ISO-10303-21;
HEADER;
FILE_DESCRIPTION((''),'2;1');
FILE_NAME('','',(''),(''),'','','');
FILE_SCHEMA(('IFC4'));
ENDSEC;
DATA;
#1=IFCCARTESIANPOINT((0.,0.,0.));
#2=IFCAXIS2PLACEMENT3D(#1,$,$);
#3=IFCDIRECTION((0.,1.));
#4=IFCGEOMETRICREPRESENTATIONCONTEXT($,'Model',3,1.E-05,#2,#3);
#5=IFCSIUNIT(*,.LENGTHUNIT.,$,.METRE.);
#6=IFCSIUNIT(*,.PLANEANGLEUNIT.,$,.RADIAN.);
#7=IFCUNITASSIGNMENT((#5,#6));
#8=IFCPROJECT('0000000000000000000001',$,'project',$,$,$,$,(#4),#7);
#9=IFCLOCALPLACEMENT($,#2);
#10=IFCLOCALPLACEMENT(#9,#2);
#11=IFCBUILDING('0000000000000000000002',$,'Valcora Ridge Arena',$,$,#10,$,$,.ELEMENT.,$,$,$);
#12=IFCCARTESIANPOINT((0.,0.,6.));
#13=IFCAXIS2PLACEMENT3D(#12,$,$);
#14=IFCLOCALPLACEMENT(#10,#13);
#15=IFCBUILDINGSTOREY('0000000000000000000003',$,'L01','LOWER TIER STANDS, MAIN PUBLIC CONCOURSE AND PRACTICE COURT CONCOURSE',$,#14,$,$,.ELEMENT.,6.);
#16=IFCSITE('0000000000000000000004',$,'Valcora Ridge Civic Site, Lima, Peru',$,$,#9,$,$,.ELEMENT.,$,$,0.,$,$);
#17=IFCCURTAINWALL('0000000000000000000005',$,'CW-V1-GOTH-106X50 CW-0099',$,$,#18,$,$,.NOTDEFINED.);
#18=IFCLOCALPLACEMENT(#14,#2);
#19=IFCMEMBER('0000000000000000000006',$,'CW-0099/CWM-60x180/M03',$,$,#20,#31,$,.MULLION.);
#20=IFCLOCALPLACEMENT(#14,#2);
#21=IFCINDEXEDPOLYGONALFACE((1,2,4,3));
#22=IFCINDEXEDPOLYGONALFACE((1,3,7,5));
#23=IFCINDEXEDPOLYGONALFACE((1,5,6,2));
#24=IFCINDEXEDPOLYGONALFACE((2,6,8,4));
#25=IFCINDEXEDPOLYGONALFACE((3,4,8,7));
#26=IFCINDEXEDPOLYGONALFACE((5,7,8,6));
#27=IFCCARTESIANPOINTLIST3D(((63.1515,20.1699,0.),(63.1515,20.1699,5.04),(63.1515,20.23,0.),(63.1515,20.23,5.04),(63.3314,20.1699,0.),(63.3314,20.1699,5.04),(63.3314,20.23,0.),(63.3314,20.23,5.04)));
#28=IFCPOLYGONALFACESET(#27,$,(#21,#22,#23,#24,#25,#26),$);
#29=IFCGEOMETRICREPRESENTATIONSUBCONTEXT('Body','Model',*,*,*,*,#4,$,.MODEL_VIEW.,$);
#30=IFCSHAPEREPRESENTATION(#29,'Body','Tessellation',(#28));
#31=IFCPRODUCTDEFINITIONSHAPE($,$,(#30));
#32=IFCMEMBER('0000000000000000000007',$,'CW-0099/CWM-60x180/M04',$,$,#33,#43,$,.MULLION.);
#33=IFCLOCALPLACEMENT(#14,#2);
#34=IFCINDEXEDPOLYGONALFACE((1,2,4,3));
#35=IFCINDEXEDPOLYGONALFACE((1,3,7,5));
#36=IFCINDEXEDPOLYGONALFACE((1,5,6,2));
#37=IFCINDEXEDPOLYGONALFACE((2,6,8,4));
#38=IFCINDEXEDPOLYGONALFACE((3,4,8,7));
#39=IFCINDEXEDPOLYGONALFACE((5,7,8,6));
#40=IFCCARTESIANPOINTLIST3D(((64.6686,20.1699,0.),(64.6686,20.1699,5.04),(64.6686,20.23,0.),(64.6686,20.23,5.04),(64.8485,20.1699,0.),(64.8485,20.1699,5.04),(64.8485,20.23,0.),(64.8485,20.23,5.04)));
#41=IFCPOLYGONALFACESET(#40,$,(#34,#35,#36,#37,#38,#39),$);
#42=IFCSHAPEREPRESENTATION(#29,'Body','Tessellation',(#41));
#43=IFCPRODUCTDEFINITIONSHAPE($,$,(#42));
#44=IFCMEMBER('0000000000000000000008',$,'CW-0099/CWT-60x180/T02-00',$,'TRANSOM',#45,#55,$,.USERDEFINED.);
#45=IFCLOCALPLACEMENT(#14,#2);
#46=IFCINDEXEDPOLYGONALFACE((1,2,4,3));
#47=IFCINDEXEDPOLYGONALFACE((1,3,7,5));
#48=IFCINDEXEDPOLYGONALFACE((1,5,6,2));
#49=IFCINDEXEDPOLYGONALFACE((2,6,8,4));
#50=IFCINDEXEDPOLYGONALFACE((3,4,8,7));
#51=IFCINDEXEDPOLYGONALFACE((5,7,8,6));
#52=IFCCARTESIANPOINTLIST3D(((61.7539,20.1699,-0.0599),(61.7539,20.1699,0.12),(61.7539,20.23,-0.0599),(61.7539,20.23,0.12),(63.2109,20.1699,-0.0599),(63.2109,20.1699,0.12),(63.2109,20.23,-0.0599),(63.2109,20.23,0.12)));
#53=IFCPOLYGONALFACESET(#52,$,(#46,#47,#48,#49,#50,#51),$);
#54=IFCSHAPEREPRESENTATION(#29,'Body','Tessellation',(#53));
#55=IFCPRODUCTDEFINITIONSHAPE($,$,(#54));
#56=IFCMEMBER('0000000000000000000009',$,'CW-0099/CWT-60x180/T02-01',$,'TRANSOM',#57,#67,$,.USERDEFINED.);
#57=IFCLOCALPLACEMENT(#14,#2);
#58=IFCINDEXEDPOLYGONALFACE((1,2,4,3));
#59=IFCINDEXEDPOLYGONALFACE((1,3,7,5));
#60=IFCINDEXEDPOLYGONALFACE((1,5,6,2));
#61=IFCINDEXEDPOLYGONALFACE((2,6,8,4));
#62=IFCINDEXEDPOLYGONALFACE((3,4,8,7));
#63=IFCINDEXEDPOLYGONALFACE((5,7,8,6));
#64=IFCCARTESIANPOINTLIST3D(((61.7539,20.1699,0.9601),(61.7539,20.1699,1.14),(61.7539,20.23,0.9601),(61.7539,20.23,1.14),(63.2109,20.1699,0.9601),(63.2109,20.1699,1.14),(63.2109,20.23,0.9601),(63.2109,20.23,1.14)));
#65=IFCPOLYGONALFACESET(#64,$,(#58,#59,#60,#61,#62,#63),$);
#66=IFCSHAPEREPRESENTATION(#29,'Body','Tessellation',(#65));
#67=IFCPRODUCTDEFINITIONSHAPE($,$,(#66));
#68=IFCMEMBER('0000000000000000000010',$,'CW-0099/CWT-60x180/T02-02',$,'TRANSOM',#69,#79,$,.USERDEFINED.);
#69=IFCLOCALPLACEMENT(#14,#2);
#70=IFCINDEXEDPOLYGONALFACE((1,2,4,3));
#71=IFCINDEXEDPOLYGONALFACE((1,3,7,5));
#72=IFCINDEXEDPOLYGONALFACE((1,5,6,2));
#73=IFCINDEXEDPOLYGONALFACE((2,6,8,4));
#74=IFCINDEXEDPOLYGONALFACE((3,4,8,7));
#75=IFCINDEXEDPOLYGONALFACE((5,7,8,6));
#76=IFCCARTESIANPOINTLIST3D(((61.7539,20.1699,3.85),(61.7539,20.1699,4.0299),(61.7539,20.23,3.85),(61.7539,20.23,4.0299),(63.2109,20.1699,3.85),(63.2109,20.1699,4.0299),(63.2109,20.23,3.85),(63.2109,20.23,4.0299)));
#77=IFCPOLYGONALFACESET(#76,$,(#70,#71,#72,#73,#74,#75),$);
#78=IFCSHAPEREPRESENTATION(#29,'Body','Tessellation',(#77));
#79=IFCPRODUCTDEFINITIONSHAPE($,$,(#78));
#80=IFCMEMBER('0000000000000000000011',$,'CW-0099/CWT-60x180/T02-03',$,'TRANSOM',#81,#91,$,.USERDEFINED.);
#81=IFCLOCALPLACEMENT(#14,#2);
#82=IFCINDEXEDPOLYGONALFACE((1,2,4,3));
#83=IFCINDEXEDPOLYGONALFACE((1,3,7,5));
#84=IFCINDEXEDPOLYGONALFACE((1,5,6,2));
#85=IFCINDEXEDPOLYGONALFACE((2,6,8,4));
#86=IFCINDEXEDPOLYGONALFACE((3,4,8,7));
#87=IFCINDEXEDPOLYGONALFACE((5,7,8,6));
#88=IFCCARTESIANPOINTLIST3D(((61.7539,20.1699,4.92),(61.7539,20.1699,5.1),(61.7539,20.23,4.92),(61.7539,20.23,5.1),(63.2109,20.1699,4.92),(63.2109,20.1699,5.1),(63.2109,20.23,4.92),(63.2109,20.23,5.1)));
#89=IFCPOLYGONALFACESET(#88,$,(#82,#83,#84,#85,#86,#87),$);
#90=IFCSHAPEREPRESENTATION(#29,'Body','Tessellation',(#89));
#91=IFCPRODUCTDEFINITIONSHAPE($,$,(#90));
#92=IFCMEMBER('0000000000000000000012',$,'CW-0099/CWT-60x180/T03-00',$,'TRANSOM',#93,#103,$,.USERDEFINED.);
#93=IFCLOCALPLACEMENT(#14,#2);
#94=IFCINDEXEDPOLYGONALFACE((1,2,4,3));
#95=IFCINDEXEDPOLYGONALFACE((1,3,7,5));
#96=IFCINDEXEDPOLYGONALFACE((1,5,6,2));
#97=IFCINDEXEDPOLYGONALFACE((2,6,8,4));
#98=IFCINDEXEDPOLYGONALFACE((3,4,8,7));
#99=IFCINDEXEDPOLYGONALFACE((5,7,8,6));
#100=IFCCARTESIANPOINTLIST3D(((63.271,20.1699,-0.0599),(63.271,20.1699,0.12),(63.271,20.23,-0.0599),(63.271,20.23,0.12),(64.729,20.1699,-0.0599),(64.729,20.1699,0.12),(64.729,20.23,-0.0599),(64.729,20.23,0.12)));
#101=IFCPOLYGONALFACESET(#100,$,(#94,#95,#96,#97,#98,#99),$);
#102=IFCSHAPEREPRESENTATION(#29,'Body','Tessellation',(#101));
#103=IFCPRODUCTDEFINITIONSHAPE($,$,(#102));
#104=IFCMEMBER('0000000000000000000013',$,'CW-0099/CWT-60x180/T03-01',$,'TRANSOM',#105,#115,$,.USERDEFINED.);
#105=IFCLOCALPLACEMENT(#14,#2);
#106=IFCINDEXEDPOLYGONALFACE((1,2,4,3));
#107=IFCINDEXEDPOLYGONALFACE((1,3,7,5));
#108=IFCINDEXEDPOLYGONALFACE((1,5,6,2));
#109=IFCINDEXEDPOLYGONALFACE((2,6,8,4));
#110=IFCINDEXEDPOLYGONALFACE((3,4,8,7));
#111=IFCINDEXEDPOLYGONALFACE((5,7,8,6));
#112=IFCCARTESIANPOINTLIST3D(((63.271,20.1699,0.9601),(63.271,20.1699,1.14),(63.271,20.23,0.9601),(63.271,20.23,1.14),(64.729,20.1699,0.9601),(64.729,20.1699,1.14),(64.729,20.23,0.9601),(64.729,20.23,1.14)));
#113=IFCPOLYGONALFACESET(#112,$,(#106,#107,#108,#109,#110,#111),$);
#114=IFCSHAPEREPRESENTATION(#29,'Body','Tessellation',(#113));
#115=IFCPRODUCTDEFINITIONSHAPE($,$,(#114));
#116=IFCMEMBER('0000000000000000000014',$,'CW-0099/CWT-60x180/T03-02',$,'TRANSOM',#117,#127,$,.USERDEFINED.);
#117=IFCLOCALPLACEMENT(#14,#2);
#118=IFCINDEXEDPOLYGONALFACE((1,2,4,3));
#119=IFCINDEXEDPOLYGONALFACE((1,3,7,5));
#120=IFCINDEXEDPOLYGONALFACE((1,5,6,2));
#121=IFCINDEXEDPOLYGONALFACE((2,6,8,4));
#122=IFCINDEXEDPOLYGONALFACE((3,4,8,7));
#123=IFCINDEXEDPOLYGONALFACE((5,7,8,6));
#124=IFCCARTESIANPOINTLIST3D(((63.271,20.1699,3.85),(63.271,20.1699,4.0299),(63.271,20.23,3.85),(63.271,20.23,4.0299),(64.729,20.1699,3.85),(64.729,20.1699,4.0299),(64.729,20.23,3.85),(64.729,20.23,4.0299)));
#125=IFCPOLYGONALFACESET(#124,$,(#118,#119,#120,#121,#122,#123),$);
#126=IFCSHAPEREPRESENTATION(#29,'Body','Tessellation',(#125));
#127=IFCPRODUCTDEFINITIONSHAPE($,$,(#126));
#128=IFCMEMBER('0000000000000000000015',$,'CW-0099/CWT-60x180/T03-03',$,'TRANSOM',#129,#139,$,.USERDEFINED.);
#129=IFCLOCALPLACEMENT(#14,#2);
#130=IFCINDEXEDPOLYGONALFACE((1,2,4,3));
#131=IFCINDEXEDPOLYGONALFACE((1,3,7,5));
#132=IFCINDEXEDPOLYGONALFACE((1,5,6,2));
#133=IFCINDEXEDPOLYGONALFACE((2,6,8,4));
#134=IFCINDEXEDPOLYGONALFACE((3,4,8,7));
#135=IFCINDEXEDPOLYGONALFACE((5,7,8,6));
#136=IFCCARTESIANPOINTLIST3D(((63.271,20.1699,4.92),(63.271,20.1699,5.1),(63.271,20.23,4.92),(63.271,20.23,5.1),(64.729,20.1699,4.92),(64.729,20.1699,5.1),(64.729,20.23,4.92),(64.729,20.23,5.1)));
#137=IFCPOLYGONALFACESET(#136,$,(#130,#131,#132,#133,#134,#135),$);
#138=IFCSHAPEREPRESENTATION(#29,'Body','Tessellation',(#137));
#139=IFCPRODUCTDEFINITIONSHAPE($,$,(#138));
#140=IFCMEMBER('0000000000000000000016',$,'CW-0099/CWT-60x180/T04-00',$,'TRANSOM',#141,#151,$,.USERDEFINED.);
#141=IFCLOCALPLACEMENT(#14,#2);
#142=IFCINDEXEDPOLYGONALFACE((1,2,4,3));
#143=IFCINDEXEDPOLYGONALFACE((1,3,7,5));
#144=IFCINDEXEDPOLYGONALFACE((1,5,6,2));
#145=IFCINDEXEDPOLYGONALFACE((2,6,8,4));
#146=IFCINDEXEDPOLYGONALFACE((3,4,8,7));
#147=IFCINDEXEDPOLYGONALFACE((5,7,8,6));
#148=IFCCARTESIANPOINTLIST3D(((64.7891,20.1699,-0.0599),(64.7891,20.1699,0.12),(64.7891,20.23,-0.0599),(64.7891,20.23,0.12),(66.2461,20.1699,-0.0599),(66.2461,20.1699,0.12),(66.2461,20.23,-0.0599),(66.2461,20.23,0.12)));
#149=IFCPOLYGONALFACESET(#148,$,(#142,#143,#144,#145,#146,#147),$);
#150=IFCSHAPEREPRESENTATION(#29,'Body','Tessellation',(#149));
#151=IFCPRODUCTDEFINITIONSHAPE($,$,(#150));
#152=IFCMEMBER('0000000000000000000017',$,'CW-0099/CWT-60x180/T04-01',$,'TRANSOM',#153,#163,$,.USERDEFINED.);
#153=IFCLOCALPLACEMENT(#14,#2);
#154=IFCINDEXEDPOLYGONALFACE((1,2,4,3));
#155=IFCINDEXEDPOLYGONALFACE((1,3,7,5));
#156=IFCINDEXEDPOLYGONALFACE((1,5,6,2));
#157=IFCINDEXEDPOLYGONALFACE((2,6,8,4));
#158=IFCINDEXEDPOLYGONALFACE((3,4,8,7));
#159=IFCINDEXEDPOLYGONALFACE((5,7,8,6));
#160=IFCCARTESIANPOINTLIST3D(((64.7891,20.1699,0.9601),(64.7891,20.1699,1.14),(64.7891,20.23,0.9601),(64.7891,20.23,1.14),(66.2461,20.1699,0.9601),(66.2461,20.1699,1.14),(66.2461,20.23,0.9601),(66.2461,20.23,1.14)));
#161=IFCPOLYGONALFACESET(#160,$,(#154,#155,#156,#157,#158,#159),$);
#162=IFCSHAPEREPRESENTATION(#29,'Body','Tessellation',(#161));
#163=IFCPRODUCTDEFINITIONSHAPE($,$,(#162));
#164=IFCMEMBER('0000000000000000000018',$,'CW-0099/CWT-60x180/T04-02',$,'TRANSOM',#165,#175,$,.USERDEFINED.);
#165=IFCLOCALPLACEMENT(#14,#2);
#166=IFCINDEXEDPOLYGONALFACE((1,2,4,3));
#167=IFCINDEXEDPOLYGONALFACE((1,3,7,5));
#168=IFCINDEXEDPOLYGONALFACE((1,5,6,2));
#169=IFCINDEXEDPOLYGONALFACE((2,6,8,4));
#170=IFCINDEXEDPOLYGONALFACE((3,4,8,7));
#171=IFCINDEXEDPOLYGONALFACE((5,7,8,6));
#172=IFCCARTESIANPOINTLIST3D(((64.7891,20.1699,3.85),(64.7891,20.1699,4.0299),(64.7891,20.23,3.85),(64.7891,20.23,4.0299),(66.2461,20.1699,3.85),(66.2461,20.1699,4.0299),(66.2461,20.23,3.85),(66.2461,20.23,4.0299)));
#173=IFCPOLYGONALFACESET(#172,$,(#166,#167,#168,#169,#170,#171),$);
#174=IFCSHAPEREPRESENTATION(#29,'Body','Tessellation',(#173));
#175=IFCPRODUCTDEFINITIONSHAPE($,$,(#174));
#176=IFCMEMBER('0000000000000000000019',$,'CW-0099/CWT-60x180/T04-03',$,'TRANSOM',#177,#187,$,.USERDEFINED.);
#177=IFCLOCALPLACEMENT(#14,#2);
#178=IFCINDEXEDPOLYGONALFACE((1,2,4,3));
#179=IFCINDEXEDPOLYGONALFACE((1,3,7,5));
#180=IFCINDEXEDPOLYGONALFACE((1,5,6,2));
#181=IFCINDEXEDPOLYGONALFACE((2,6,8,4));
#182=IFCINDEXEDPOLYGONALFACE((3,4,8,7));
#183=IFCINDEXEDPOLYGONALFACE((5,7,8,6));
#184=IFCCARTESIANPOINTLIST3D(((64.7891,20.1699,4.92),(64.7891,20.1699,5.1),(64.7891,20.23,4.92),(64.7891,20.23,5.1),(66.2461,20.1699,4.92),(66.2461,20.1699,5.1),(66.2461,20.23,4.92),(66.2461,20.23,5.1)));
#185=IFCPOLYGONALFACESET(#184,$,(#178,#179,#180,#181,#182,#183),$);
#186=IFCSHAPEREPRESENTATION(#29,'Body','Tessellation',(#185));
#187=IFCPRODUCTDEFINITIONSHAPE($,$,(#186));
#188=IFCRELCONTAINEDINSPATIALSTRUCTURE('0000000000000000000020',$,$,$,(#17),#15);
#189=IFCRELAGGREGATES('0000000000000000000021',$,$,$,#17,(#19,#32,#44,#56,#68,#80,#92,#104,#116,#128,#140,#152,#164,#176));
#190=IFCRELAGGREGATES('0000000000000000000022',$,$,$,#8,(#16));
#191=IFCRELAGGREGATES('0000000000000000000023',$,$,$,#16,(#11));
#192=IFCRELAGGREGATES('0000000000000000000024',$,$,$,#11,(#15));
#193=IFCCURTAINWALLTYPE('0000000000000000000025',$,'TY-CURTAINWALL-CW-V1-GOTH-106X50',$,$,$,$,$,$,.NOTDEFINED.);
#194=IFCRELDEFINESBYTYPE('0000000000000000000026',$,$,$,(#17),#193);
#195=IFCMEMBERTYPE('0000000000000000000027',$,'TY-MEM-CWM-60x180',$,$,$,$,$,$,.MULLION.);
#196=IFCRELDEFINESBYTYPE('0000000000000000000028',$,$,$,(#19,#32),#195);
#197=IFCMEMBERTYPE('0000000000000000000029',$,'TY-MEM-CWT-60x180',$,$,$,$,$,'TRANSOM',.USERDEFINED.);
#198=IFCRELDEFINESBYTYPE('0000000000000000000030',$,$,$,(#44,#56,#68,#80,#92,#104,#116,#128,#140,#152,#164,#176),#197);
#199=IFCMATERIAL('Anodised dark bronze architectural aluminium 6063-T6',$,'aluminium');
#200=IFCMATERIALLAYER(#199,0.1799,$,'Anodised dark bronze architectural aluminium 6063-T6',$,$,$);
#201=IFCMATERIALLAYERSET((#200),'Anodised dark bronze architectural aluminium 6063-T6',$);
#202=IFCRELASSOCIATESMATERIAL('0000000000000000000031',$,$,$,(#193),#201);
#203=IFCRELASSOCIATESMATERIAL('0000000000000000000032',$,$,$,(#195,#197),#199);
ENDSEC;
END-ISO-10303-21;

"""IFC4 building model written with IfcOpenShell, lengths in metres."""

from ifc_helpers import new_model, si_unit, direction, frame, origin, origin_2d, place, context, subcontext, project, spatial, rectangle, extrude, material, layer, layer_set, material_profile, profile_set, type_object, element, aggregate, save


model = new_model("IFC4")

# Units and contexts
model_context = context("Model", 3, precision=1e-05, world=origin(), true_north=direction((0.0, 1.0)))
body_context = subcontext(model_context, "Body", "Model", "MODEL_VIEW")
ifc_project = project(units=[si_unit("LENGTHUNIT", "METRE"), si_unit("PLANEANGLEUNIT", "RADIAN")], contexts=[model_context])

# Site, building, storey
site_placement = place(None, origin())
site = spatial("IfcSite", under=ifc_project, at=site_placement, Name="Valcora Ridge Civic Site, Lima, Peru", CompositionType="ELEMENT", RefElevation=0.0)
building_placement = place(site_placement, origin())
building = spatial("IfcBuilding", under=site, at=building_placement, Name="Valcora Ridge Arena", CompositionType="ELEMENT")
storey_placement = place(building_placement, frame((0.0, 0.0, 6.0)))
storey = spatial("IfcBuildingStorey", under=building, at=storey_placement, Name="L01", Description="LOWER TIER STANDS, MAIN PUBLIC CONCOURSE AND PRACTICE COURT CONCOURSE", CompositionType="ELEMENT", Elevation=6.0)

# Curtain wall, members
ifc_material_1 = material(Name="Anodised dark bronze architectural aluminium 6063-T6", Category="aluminium")
ifc_layer_1 = layer(ifc_material_1, 0.1799, Name="Anodised dark bronze architectural aluminium 6063-T6")
ifc_layer_set_1 = layer_set([ifc_layer_1], Name="Anodised dark bronze architectural aluminium 6063-T6")
curtain_wall_type = type_object("IfcCurtainWallType", Name="TY-CURTAINWALL-CW-V1-GOTH-106X50", PredefinedType="NOTDEFINED", material=ifc_layer_set_1)
curtain_wall_placement = place(storey_placement, origin())
curtain_wall = element("IfcCurtainWall", 1, at=curtain_wall_placement, inside=storey, type_object=curtain_wall_type, Name="CW-V1-GOTH-106X50 CW-0099", PredefinedType="NOTDEFINED")
ifc_material_profile_1 = material_profile(ifc_material_1, rectangle(XDim=0.0601, YDim=0.1799, at=origin_2d()), Name="ALU MULLION 60x180")
ifc_profile_set_1 = profile_set([ifc_material_profile_1], Name="Anodised dark bronze architectural aluminium 6063-T6")
member_type_1 = type_object("IfcMemberType", Name="TY-MEM-CWM-60x180", PredefinedType="MULLION", material=ifc_profile_set_1)
member_1_placement = place(storey_placement, frame((63.2415, 20.2, 0.0), z_axis=(0.0, 0.0, 1.0), x_axis=(0.0, 1.0, 0.0)))
member_1 = element("IfcMember", 2, at=member_1_placement, type_object=member_type_1, Name="CW-0099/CWM-60x180/M03", PredefinedType="MULLION", context=body_context, shape_type="SweptSolid", body=[
    extrude(rectangle(XDim=0.0601, YDim=0.1799, at=origin_2d()), origin(), (0.0, 0.0, 1.0), 5.04),
])
member_2_placement = place(storey_placement, frame((64.7585, 20.2, 0.0), z_axis=(0.0, 0.0, 1.0), x_axis=(0.0, 1.0, 0.0)))
member_2 = element("IfcMember", 3, at=member_2_placement, type_object=member_type_1, Name="CW-0099/CWM-60x180/M04", PredefinedType="MULLION", context=body_context, shape_type="SweptSolid", body=[
    extrude(rectangle(XDim=0.0601, YDim=0.1799, at=origin_2d()), origin(), (0.0, 0.0, 1.0), 5.04),
])
ifc_material_profile_2 = material_profile(ifc_material_1, rectangle(XDim=0.0601, YDim=0.1799, at=origin_2d()), Name="ALU TRANSOM 60x180")
ifc_profile_set_2 = profile_set([ifc_material_profile_2], Name="Anodised dark bronze architectural aluminium 6063-T6")
member_type_2 = type_object("IfcMemberType", Name="TY-MEM-CWT-60x180", ElementType="TRANSOM", PredefinedType="USERDEFINED", material=ifc_profile_set_2)
member_3_placement = place(storey_placement, frame((61.7539, 20.2, 0.03), z_axis=(1.0, 0.0, 0.0), x_axis=(0.0, 1.0, 0.0)))
member_3 = element("IfcMember", 4, at=member_3_placement, type_object=member_type_2, Name="CW-0099/CWT-60x180/T02-00", ObjectType="TRANSOM", PredefinedType="USERDEFINED", context=body_context, shape_type="SweptSolid", body=[
    extrude(rectangle(XDim=0.0601, YDim=0.1799, at=origin_2d()), origin(), (0.0, 0.0, 1.0), 1.457),
])
member_4_placement = place(storey_placement, frame((61.7539, 20.2, 1.05), z_axis=(1.0, 0.0, 0.0), x_axis=(0.0, 1.0, 0.0)))
member_4 = element("IfcMember", 5, at=member_4_placement, type_object=member_type_2, Name="CW-0099/CWT-60x180/T02-01", ObjectType="TRANSOM", PredefinedType="USERDEFINED", context=body_context, shape_type="SweptSolid", body=[
    extrude(rectangle(XDim=0.0601, YDim=0.1799, at=origin_2d()), origin(), (0.0, 0.0, 1.0), 1.457),
])
member_5_placement = place(storey_placement, frame((61.7539, 20.2, 3.9399), z_axis=(1.0, 0.0, 0.0), x_axis=(0.0, 1.0, 0.0)))
member_5 = element("IfcMember", 6, at=member_5_placement, type_object=member_type_2, Name="CW-0099/CWT-60x180/T02-02", ObjectType="TRANSOM", PredefinedType="USERDEFINED", context=body_context, shape_type="SweptSolid", body=[
    extrude(rectangle(XDim=0.0601, YDim=0.1799, at=origin_2d()), origin(), (0.0, 0.0, 1.0), 1.457),
])
member_6_placement = place(storey_placement, frame((61.7539, 20.2, 5.01), z_axis=(1.0, 0.0, 0.0), x_axis=(0.0, 1.0, 0.0)))
member_6 = element("IfcMember", 7, at=member_6_placement, type_object=member_type_2, Name="CW-0099/CWT-60x180/T02-03", ObjectType="TRANSOM", PredefinedType="USERDEFINED", context=body_context, shape_type="SweptSolid", body=[
    extrude(rectangle(XDim=0.0601, YDim=0.1799, at=origin_2d()), origin(), (0.0, 0.0, 1.0), 1.457),
])
member_7_placement = place(storey_placement, frame((63.271, 20.2, 0.03), z_axis=(1.0, 0.0, 0.0), x_axis=(0.0, 1.0, 0.0)))
member_7 = element("IfcMember", 8, at=member_7_placement, type_object=member_type_2, Name="CW-0099/CWT-60x180/T03-00", ObjectType="TRANSOM", PredefinedType="USERDEFINED", context=body_context, shape_type="SweptSolid", body=[
    extrude(rectangle(XDim=0.0601, YDim=0.1799, at=origin_2d()), origin(), (0.0, 0.0, 1.0), 1.458),
])
member_8_placement = place(storey_placement, frame((63.271, 20.2, 1.05), z_axis=(1.0, 0.0, 0.0), x_axis=(0.0, 1.0, 0.0)))
member_8 = element("IfcMember", 9, at=member_8_placement, type_object=member_type_2, Name="CW-0099/CWT-60x180/T03-01", ObjectType="TRANSOM", PredefinedType="USERDEFINED", context=body_context, shape_type="SweptSolid", body=[
    extrude(rectangle(XDim=0.0601, YDim=0.1799, at=origin_2d()), origin(), (0.0, 0.0, 1.0), 1.458),
])
member_9_placement = place(storey_placement, frame((63.271, 20.2, 3.9399), z_axis=(1.0, 0.0, 0.0), x_axis=(0.0, 1.0, 0.0)))
member_9 = element("IfcMember", 10, at=member_9_placement, type_object=member_type_2, Name="CW-0099/CWT-60x180/T03-02", ObjectType="TRANSOM", PredefinedType="USERDEFINED", context=body_context, shape_type="SweptSolid", body=[
    extrude(rectangle(XDim=0.0601, YDim=0.1799, at=origin_2d()), origin(), (0.0, 0.0, 1.0), 1.458),
])
member_10_placement = place(storey_placement, frame((63.271, 20.2, 5.01), z_axis=(1.0, 0.0, 0.0), x_axis=(0.0, 1.0, 0.0)))
member_10 = element("IfcMember", 11, at=member_10_placement, type_object=member_type_2, Name="CW-0099/CWT-60x180/T03-03", ObjectType="TRANSOM", PredefinedType="USERDEFINED", context=body_context, shape_type="SweptSolid", body=[
    extrude(rectangle(XDim=0.0601, YDim=0.1799, at=origin_2d()), origin(), (0.0, 0.0, 1.0), 1.458),
])
member_11_placement = place(storey_placement, frame((64.7891, 20.2, 0.03), z_axis=(1.0, 0.0, 0.0), x_axis=(0.0, 1.0, 0.0)))
member_11 = element("IfcMember", 12, at=member_11_placement, type_object=member_type_2, Name="CW-0099/CWT-60x180/T04-00", ObjectType="TRANSOM", PredefinedType="USERDEFINED", context=body_context, shape_type="SweptSolid", body=[
    extrude(rectangle(XDim=0.0601, YDim=0.1799, at=origin_2d()), origin(), (0.0, 0.0, 1.0), 1.457),
])
member_12_placement = place(storey_placement, frame((64.7891, 20.2, 1.05), z_axis=(1.0, 0.0, 0.0), x_axis=(0.0, 1.0, 0.0)))
member_12 = element("IfcMember", 13, at=member_12_placement, type_object=member_type_2, Name="CW-0099/CWT-60x180/T04-01", ObjectType="TRANSOM", PredefinedType="USERDEFINED", context=body_context, shape_type="SweptSolid", body=[
    extrude(rectangle(XDim=0.0601, YDim=0.1799, at=origin_2d()), origin(), (0.0, 0.0, 1.0), 1.457),
])
member_13_placement = place(storey_placement, frame((64.7891, 20.2, 3.9399), z_axis=(1.0, 0.0, 0.0), x_axis=(0.0, 1.0, 0.0)))
member_13 = element("IfcMember", 14, at=member_13_placement, type_object=member_type_2, Name="CW-0099/CWT-60x180/T04-02", ObjectType="TRANSOM", PredefinedType="USERDEFINED", context=body_context, shape_type="SweptSolid", body=[
    extrude(rectangle(XDim=0.0601, YDim=0.1799, at=origin_2d()), origin(), (0.0, 0.0, 1.0), 1.457),
])
member_14_placement = place(storey_placement, frame((64.7891, 20.2, 5.01), z_axis=(1.0, 0.0, 0.0), x_axis=(0.0, 1.0, 0.0)))
member_14 = element("IfcMember", 15, at=member_14_placement, type_object=member_type_2, Name="CW-0099/CWT-60x180/T04-03", ObjectType="TRANSOM", PredefinedType="USERDEFINED", context=body_context, shape_type="SweptSolid", body=[
    extrude(rectangle(XDim=0.0601, YDim=0.1799, at=origin_2d()), origin(), (0.0, 0.0, 1.0), 1.457),
])
aggregate(curtain_wall, [member_1, member_2, member_3, member_4, member_5, member_6, member_7, member_8, member_9, member_10, member_11, member_12, member_13, member_14])

save(model, "model.ifc")
